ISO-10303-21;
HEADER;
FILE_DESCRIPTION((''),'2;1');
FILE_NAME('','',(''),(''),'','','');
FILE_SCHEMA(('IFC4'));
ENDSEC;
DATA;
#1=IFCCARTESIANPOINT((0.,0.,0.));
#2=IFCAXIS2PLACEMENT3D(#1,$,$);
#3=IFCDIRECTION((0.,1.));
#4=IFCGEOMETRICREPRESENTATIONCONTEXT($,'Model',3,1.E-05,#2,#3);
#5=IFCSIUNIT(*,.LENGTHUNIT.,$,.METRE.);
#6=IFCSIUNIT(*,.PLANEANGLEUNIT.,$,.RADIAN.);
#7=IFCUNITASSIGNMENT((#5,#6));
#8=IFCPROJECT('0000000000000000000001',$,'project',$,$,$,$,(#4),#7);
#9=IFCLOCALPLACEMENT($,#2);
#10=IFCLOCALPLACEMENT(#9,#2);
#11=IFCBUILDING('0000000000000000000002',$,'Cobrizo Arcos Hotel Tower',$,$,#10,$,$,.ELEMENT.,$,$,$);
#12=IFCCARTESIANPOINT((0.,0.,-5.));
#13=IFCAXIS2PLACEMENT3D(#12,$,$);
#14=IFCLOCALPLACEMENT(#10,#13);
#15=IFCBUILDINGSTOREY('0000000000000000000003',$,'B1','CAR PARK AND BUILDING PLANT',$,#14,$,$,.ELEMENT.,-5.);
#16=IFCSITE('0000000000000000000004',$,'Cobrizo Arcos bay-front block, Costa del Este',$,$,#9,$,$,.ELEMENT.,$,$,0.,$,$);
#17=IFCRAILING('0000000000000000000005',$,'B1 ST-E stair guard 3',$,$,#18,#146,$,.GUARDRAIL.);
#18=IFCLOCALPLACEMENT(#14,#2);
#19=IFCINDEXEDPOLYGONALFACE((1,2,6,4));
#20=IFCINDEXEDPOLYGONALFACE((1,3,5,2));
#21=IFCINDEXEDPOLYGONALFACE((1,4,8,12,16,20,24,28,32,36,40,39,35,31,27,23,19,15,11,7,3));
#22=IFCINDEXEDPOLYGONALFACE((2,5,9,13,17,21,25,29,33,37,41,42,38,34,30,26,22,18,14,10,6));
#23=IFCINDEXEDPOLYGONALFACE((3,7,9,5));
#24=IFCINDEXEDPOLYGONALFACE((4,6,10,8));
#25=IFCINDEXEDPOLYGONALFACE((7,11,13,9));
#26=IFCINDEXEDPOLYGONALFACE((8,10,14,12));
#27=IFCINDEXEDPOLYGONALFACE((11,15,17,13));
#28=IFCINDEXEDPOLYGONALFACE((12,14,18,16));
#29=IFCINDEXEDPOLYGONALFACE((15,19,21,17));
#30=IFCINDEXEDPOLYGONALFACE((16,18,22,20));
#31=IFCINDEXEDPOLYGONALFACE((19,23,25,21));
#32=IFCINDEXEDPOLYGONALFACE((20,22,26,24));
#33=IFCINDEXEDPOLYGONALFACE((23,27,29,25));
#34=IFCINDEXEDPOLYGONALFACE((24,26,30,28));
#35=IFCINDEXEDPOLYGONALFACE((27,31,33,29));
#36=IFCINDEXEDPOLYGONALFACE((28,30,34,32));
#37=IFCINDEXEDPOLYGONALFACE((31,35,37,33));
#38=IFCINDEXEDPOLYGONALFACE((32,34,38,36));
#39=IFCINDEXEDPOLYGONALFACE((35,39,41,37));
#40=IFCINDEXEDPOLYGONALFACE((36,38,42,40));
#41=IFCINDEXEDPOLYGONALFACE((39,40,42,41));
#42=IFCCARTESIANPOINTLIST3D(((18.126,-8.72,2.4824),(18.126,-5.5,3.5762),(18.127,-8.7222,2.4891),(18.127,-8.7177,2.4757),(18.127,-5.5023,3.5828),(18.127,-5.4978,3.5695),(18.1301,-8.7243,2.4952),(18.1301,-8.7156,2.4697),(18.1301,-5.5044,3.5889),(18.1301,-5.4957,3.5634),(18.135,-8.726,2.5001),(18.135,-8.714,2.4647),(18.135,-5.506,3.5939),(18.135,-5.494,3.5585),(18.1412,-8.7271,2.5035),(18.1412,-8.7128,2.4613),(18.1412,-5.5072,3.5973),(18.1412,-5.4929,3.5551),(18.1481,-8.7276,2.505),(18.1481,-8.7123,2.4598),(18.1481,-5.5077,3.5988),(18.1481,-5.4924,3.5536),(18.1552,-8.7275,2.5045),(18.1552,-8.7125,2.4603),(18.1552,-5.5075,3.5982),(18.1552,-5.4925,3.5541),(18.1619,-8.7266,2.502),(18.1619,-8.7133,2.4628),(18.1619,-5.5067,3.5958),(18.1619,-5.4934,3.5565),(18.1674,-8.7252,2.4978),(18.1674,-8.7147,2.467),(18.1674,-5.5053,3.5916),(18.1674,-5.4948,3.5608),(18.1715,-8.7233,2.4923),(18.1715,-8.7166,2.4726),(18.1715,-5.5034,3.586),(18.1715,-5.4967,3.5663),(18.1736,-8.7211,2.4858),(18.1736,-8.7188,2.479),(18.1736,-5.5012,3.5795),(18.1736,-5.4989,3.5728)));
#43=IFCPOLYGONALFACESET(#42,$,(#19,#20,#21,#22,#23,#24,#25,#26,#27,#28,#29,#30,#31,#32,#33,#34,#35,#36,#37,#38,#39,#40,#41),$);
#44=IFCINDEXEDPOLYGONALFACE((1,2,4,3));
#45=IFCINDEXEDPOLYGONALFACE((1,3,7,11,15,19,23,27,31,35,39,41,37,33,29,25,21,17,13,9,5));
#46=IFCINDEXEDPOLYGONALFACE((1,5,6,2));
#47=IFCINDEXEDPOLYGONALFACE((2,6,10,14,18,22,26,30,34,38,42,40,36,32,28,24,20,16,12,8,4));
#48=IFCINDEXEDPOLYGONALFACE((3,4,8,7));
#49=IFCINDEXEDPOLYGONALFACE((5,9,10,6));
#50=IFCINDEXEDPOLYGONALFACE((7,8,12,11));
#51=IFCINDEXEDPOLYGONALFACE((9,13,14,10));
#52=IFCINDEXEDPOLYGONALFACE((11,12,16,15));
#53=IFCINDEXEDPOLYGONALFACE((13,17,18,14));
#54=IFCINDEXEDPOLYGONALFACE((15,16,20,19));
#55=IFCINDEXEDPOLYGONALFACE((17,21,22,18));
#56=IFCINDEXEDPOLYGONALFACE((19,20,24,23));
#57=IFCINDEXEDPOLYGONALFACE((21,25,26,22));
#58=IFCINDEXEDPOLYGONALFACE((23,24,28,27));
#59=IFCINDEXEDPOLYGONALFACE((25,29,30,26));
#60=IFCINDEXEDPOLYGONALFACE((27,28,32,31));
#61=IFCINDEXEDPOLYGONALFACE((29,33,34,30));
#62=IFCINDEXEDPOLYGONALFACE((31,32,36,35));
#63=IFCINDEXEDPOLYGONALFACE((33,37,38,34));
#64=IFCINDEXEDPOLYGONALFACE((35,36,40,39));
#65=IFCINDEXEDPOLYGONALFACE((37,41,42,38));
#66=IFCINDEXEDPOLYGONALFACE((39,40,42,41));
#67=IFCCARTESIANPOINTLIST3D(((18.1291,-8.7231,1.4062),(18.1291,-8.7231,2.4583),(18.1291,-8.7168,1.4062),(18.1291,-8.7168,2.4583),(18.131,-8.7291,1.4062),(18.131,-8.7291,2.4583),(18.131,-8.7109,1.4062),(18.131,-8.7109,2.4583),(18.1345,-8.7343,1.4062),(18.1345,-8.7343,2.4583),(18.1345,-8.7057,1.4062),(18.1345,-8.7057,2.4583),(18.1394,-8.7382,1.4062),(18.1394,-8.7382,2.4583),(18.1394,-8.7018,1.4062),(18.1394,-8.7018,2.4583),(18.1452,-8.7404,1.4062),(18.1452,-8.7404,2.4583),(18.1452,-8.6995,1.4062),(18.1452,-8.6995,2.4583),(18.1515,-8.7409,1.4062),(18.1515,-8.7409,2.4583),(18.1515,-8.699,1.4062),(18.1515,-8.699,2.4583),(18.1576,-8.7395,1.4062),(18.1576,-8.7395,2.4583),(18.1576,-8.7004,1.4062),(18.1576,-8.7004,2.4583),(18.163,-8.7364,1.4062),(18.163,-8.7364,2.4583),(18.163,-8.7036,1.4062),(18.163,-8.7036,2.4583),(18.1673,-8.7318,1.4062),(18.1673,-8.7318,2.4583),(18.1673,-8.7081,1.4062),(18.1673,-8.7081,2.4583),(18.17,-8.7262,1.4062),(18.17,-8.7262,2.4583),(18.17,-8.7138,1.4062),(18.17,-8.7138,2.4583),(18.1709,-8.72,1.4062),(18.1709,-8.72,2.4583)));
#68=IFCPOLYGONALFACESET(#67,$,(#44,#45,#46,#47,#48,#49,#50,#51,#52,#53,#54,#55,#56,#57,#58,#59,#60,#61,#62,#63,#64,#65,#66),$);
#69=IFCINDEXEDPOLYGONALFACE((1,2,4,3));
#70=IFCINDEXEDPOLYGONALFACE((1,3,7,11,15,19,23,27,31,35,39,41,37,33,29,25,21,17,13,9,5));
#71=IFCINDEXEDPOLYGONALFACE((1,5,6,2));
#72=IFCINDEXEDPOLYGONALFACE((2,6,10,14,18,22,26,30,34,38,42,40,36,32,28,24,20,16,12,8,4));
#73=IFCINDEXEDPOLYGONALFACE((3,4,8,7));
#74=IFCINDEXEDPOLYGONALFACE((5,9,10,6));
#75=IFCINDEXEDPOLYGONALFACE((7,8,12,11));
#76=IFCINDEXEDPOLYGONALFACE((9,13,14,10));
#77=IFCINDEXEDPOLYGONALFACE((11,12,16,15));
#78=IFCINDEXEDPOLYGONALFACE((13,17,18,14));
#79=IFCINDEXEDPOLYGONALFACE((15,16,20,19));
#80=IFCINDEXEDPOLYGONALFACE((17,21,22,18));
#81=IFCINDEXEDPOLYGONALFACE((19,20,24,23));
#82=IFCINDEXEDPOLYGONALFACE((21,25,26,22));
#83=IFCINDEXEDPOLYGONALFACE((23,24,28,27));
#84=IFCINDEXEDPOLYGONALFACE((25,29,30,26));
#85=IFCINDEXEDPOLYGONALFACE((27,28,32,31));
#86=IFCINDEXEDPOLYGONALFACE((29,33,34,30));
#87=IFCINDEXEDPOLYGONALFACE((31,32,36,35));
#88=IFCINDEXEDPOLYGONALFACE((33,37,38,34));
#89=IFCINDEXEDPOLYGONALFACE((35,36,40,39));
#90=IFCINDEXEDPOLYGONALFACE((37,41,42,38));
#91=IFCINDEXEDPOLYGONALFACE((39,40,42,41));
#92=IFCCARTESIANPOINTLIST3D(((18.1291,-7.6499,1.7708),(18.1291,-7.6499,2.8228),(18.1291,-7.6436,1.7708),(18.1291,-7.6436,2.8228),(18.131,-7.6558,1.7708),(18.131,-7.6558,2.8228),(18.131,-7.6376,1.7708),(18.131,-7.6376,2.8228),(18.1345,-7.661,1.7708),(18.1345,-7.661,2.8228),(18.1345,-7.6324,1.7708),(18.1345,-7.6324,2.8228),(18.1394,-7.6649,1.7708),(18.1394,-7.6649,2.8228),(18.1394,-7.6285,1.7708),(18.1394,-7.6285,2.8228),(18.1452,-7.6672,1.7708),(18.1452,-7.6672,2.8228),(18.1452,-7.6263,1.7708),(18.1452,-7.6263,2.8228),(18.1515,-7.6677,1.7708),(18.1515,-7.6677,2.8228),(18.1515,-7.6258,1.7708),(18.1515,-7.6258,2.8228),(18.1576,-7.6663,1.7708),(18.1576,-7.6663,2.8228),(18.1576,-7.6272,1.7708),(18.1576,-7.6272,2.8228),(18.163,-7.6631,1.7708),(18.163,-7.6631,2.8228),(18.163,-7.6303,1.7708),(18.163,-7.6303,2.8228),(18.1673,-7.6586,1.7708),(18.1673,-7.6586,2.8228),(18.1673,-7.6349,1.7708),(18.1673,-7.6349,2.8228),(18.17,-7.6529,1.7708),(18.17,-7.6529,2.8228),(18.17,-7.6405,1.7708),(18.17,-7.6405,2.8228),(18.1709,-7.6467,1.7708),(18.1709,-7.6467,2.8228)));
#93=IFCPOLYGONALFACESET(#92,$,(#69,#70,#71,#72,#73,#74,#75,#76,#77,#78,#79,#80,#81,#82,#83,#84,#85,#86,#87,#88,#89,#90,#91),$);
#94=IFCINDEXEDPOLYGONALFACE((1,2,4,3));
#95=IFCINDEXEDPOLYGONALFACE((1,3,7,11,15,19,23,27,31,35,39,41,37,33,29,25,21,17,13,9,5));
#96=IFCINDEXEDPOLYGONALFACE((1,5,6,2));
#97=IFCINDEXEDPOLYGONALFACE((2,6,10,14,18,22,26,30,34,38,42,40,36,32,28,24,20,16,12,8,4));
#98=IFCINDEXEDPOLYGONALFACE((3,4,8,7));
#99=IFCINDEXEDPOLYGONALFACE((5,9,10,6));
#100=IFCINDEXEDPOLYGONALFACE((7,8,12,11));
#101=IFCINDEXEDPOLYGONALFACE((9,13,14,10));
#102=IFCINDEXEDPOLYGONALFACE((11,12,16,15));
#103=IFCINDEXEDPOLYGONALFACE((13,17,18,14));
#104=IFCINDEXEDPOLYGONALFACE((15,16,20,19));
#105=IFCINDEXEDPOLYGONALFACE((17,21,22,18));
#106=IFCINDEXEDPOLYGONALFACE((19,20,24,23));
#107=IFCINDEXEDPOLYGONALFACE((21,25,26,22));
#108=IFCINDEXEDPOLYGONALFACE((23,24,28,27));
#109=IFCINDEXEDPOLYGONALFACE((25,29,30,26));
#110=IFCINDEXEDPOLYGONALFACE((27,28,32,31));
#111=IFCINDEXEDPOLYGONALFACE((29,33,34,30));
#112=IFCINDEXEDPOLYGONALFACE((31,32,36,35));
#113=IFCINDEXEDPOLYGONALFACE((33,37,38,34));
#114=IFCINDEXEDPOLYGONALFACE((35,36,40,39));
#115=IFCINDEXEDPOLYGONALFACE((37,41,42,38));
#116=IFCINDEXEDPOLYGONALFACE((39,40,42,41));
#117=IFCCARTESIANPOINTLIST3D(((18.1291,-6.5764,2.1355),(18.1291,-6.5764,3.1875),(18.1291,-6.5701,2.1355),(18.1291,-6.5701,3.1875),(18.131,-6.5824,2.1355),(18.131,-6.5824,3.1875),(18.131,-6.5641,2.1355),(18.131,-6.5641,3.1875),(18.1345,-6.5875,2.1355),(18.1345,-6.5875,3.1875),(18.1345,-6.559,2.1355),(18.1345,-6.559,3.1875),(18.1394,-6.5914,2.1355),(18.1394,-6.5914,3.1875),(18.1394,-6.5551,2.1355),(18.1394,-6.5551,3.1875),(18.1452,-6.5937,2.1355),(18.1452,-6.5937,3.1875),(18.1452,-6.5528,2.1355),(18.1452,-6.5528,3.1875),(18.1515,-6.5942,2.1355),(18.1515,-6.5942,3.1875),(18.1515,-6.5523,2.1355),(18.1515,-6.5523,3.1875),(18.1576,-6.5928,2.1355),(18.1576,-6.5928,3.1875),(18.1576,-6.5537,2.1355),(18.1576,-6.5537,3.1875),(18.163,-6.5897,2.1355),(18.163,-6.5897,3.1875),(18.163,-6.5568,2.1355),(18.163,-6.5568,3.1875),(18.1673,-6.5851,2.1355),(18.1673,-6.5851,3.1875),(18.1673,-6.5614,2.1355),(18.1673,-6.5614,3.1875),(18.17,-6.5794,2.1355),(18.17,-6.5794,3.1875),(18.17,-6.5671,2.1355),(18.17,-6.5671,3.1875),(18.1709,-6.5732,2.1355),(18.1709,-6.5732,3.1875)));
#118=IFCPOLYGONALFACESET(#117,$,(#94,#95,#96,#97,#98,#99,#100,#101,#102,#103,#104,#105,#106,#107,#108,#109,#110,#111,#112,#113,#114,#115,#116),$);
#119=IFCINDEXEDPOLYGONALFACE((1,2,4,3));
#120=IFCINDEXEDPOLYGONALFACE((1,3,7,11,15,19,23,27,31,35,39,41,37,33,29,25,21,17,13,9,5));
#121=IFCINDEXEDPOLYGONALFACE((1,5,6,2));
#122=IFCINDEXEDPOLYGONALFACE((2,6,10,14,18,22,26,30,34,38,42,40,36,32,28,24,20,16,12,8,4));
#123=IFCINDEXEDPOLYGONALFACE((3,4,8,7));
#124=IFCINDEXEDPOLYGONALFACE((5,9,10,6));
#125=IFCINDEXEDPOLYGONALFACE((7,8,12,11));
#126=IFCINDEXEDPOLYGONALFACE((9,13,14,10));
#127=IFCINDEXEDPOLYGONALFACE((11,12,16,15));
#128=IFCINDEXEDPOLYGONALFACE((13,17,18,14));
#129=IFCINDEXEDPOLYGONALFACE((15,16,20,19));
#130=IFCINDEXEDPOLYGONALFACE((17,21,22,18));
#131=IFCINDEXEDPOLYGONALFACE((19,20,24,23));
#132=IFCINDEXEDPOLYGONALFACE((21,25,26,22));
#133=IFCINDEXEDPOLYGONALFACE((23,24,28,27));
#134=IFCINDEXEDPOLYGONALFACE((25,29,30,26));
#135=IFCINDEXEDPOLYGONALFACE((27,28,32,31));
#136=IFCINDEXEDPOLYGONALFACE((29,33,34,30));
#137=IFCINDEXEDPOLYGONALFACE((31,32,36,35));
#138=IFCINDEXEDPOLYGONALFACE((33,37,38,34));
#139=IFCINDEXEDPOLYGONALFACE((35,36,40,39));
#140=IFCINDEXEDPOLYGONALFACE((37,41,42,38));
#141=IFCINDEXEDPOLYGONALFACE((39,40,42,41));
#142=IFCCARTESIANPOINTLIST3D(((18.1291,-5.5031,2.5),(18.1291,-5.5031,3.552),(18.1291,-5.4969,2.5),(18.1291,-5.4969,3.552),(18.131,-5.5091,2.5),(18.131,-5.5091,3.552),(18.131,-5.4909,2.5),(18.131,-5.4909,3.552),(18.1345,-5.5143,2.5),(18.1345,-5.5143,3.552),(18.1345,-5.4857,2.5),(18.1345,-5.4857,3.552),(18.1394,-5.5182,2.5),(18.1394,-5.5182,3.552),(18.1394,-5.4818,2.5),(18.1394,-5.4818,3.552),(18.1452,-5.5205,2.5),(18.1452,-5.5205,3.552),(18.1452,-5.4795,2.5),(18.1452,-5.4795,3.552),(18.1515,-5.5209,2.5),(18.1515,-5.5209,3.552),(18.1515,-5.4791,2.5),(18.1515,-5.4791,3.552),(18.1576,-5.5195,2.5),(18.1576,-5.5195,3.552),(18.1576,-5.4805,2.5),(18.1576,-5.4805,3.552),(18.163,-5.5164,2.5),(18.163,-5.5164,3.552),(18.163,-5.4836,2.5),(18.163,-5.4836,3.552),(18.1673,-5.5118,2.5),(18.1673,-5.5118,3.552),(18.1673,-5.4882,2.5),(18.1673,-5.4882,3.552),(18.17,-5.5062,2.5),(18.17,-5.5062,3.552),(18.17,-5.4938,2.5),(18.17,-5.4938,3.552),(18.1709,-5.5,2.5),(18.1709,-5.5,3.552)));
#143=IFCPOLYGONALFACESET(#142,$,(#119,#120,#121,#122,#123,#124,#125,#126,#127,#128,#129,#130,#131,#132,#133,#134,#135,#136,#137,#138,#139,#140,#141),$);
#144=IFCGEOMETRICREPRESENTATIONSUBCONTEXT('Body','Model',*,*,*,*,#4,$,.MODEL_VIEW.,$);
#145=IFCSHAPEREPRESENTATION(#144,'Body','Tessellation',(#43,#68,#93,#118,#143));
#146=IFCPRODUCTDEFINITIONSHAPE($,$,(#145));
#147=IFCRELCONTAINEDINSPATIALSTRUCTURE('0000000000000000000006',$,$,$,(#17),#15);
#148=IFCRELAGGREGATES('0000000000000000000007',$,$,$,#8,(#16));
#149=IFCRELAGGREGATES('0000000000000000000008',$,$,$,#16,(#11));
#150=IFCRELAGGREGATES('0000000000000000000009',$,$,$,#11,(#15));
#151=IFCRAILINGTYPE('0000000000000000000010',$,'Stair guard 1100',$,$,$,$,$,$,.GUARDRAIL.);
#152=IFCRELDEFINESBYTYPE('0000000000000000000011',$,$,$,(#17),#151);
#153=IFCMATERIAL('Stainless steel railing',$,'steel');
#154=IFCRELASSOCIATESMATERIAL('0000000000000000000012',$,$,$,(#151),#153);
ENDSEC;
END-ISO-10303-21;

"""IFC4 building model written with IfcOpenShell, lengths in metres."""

from ifc_helpers import new_model, si_unit, direction, frame, origin, origin_2d, place, context, subcontext, project, spatial, circle, extrude, material, type_object, element, save


model = new_model("IFC4")

# Units and contexts
model_context = context("Model", 3, precision=1e-05, world=origin(), true_north=direction((0.0, 1.0)))
body_context = subcontext(model_context, "Body", "Model", "MODEL_VIEW")
ifc_project = project(units=[si_unit("LENGTHUNIT", "METRE"), si_unit("PLANEANGLEUNIT", "RADIAN")], contexts=[model_context])

# Site, building, storey
site_placement = place(None, origin())
site = spatial("IfcSite", under=ifc_project, at=site_placement, Name="Cobrizo Arcos bay-front block, Costa del Este", CompositionType="ELEMENT", RefElevation=0.0)
building_placement = place(site_placement, origin())
building = spatial("IfcBuilding", under=site, at=building_placement, Name="Cobrizo Arcos Hotel Tower", CompositionType="ELEMENT")
storey_placement = place(building_placement, frame((0.0, 0.0, -5.0)))
storey = spatial("IfcBuildingStorey", under=building, at=storey_placement, Name="B1", Description="CAR PARK AND BUILDING PLANT", CompositionType="ELEMENT", Elevation=-5.0)

# Railing
ifc_material_1 = material(Name="Stainless steel railing", Category="steel")
railing_type_1 = type_object("IfcRailingType", Name="Stair guard 1100", PredefinedType="GUARDRAIL", material=ifc_material_1)
railing_1_placement = place(storey_placement, frame((18.1499, -8.72, 1.4062)))
element("IfcRailing", 1, at=railing_1_placement, inside=storey, type_object=railing_type_1, Name="B1 ST-E stair guard 3", PredefinedType="GUARDRAIL", context=body_context, shape_type="SweptSolid", body=[
    extrude(circle(Radius=0.0239, at=origin_2d()), frame((0.0, 0.0, 1.0762), z_axis=(0.0, 0.946866, 0.321629), x_axis=(-1.0, 0.0, 0.0)), (0.0, 0.0, 1.0), 3.4006),
    extrude(circle(Radius=0.021, at=origin_2d()), origin(), (0.0, 0.0, 1.0), 1.052),
    extrude(circle(Radius=0.021, at=origin_2d()), frame((0.0, 1.0732, 0.3645)), (0.0, 0.0, 1.0), 1.052),
    extrude(circle(Radius=0.021, at=origin_2d()), frame((0.0, 2.1467, 0.7292)), (0.0, 0.0, 1.0), 1.052),
    extrude(circle(Radius=0.021, at=origin_2d()), frame((0.0, 3.22, 1.0938)), (0.0, 0.0, 1.0), 1.052),
])

save(model, "model.ifc")
